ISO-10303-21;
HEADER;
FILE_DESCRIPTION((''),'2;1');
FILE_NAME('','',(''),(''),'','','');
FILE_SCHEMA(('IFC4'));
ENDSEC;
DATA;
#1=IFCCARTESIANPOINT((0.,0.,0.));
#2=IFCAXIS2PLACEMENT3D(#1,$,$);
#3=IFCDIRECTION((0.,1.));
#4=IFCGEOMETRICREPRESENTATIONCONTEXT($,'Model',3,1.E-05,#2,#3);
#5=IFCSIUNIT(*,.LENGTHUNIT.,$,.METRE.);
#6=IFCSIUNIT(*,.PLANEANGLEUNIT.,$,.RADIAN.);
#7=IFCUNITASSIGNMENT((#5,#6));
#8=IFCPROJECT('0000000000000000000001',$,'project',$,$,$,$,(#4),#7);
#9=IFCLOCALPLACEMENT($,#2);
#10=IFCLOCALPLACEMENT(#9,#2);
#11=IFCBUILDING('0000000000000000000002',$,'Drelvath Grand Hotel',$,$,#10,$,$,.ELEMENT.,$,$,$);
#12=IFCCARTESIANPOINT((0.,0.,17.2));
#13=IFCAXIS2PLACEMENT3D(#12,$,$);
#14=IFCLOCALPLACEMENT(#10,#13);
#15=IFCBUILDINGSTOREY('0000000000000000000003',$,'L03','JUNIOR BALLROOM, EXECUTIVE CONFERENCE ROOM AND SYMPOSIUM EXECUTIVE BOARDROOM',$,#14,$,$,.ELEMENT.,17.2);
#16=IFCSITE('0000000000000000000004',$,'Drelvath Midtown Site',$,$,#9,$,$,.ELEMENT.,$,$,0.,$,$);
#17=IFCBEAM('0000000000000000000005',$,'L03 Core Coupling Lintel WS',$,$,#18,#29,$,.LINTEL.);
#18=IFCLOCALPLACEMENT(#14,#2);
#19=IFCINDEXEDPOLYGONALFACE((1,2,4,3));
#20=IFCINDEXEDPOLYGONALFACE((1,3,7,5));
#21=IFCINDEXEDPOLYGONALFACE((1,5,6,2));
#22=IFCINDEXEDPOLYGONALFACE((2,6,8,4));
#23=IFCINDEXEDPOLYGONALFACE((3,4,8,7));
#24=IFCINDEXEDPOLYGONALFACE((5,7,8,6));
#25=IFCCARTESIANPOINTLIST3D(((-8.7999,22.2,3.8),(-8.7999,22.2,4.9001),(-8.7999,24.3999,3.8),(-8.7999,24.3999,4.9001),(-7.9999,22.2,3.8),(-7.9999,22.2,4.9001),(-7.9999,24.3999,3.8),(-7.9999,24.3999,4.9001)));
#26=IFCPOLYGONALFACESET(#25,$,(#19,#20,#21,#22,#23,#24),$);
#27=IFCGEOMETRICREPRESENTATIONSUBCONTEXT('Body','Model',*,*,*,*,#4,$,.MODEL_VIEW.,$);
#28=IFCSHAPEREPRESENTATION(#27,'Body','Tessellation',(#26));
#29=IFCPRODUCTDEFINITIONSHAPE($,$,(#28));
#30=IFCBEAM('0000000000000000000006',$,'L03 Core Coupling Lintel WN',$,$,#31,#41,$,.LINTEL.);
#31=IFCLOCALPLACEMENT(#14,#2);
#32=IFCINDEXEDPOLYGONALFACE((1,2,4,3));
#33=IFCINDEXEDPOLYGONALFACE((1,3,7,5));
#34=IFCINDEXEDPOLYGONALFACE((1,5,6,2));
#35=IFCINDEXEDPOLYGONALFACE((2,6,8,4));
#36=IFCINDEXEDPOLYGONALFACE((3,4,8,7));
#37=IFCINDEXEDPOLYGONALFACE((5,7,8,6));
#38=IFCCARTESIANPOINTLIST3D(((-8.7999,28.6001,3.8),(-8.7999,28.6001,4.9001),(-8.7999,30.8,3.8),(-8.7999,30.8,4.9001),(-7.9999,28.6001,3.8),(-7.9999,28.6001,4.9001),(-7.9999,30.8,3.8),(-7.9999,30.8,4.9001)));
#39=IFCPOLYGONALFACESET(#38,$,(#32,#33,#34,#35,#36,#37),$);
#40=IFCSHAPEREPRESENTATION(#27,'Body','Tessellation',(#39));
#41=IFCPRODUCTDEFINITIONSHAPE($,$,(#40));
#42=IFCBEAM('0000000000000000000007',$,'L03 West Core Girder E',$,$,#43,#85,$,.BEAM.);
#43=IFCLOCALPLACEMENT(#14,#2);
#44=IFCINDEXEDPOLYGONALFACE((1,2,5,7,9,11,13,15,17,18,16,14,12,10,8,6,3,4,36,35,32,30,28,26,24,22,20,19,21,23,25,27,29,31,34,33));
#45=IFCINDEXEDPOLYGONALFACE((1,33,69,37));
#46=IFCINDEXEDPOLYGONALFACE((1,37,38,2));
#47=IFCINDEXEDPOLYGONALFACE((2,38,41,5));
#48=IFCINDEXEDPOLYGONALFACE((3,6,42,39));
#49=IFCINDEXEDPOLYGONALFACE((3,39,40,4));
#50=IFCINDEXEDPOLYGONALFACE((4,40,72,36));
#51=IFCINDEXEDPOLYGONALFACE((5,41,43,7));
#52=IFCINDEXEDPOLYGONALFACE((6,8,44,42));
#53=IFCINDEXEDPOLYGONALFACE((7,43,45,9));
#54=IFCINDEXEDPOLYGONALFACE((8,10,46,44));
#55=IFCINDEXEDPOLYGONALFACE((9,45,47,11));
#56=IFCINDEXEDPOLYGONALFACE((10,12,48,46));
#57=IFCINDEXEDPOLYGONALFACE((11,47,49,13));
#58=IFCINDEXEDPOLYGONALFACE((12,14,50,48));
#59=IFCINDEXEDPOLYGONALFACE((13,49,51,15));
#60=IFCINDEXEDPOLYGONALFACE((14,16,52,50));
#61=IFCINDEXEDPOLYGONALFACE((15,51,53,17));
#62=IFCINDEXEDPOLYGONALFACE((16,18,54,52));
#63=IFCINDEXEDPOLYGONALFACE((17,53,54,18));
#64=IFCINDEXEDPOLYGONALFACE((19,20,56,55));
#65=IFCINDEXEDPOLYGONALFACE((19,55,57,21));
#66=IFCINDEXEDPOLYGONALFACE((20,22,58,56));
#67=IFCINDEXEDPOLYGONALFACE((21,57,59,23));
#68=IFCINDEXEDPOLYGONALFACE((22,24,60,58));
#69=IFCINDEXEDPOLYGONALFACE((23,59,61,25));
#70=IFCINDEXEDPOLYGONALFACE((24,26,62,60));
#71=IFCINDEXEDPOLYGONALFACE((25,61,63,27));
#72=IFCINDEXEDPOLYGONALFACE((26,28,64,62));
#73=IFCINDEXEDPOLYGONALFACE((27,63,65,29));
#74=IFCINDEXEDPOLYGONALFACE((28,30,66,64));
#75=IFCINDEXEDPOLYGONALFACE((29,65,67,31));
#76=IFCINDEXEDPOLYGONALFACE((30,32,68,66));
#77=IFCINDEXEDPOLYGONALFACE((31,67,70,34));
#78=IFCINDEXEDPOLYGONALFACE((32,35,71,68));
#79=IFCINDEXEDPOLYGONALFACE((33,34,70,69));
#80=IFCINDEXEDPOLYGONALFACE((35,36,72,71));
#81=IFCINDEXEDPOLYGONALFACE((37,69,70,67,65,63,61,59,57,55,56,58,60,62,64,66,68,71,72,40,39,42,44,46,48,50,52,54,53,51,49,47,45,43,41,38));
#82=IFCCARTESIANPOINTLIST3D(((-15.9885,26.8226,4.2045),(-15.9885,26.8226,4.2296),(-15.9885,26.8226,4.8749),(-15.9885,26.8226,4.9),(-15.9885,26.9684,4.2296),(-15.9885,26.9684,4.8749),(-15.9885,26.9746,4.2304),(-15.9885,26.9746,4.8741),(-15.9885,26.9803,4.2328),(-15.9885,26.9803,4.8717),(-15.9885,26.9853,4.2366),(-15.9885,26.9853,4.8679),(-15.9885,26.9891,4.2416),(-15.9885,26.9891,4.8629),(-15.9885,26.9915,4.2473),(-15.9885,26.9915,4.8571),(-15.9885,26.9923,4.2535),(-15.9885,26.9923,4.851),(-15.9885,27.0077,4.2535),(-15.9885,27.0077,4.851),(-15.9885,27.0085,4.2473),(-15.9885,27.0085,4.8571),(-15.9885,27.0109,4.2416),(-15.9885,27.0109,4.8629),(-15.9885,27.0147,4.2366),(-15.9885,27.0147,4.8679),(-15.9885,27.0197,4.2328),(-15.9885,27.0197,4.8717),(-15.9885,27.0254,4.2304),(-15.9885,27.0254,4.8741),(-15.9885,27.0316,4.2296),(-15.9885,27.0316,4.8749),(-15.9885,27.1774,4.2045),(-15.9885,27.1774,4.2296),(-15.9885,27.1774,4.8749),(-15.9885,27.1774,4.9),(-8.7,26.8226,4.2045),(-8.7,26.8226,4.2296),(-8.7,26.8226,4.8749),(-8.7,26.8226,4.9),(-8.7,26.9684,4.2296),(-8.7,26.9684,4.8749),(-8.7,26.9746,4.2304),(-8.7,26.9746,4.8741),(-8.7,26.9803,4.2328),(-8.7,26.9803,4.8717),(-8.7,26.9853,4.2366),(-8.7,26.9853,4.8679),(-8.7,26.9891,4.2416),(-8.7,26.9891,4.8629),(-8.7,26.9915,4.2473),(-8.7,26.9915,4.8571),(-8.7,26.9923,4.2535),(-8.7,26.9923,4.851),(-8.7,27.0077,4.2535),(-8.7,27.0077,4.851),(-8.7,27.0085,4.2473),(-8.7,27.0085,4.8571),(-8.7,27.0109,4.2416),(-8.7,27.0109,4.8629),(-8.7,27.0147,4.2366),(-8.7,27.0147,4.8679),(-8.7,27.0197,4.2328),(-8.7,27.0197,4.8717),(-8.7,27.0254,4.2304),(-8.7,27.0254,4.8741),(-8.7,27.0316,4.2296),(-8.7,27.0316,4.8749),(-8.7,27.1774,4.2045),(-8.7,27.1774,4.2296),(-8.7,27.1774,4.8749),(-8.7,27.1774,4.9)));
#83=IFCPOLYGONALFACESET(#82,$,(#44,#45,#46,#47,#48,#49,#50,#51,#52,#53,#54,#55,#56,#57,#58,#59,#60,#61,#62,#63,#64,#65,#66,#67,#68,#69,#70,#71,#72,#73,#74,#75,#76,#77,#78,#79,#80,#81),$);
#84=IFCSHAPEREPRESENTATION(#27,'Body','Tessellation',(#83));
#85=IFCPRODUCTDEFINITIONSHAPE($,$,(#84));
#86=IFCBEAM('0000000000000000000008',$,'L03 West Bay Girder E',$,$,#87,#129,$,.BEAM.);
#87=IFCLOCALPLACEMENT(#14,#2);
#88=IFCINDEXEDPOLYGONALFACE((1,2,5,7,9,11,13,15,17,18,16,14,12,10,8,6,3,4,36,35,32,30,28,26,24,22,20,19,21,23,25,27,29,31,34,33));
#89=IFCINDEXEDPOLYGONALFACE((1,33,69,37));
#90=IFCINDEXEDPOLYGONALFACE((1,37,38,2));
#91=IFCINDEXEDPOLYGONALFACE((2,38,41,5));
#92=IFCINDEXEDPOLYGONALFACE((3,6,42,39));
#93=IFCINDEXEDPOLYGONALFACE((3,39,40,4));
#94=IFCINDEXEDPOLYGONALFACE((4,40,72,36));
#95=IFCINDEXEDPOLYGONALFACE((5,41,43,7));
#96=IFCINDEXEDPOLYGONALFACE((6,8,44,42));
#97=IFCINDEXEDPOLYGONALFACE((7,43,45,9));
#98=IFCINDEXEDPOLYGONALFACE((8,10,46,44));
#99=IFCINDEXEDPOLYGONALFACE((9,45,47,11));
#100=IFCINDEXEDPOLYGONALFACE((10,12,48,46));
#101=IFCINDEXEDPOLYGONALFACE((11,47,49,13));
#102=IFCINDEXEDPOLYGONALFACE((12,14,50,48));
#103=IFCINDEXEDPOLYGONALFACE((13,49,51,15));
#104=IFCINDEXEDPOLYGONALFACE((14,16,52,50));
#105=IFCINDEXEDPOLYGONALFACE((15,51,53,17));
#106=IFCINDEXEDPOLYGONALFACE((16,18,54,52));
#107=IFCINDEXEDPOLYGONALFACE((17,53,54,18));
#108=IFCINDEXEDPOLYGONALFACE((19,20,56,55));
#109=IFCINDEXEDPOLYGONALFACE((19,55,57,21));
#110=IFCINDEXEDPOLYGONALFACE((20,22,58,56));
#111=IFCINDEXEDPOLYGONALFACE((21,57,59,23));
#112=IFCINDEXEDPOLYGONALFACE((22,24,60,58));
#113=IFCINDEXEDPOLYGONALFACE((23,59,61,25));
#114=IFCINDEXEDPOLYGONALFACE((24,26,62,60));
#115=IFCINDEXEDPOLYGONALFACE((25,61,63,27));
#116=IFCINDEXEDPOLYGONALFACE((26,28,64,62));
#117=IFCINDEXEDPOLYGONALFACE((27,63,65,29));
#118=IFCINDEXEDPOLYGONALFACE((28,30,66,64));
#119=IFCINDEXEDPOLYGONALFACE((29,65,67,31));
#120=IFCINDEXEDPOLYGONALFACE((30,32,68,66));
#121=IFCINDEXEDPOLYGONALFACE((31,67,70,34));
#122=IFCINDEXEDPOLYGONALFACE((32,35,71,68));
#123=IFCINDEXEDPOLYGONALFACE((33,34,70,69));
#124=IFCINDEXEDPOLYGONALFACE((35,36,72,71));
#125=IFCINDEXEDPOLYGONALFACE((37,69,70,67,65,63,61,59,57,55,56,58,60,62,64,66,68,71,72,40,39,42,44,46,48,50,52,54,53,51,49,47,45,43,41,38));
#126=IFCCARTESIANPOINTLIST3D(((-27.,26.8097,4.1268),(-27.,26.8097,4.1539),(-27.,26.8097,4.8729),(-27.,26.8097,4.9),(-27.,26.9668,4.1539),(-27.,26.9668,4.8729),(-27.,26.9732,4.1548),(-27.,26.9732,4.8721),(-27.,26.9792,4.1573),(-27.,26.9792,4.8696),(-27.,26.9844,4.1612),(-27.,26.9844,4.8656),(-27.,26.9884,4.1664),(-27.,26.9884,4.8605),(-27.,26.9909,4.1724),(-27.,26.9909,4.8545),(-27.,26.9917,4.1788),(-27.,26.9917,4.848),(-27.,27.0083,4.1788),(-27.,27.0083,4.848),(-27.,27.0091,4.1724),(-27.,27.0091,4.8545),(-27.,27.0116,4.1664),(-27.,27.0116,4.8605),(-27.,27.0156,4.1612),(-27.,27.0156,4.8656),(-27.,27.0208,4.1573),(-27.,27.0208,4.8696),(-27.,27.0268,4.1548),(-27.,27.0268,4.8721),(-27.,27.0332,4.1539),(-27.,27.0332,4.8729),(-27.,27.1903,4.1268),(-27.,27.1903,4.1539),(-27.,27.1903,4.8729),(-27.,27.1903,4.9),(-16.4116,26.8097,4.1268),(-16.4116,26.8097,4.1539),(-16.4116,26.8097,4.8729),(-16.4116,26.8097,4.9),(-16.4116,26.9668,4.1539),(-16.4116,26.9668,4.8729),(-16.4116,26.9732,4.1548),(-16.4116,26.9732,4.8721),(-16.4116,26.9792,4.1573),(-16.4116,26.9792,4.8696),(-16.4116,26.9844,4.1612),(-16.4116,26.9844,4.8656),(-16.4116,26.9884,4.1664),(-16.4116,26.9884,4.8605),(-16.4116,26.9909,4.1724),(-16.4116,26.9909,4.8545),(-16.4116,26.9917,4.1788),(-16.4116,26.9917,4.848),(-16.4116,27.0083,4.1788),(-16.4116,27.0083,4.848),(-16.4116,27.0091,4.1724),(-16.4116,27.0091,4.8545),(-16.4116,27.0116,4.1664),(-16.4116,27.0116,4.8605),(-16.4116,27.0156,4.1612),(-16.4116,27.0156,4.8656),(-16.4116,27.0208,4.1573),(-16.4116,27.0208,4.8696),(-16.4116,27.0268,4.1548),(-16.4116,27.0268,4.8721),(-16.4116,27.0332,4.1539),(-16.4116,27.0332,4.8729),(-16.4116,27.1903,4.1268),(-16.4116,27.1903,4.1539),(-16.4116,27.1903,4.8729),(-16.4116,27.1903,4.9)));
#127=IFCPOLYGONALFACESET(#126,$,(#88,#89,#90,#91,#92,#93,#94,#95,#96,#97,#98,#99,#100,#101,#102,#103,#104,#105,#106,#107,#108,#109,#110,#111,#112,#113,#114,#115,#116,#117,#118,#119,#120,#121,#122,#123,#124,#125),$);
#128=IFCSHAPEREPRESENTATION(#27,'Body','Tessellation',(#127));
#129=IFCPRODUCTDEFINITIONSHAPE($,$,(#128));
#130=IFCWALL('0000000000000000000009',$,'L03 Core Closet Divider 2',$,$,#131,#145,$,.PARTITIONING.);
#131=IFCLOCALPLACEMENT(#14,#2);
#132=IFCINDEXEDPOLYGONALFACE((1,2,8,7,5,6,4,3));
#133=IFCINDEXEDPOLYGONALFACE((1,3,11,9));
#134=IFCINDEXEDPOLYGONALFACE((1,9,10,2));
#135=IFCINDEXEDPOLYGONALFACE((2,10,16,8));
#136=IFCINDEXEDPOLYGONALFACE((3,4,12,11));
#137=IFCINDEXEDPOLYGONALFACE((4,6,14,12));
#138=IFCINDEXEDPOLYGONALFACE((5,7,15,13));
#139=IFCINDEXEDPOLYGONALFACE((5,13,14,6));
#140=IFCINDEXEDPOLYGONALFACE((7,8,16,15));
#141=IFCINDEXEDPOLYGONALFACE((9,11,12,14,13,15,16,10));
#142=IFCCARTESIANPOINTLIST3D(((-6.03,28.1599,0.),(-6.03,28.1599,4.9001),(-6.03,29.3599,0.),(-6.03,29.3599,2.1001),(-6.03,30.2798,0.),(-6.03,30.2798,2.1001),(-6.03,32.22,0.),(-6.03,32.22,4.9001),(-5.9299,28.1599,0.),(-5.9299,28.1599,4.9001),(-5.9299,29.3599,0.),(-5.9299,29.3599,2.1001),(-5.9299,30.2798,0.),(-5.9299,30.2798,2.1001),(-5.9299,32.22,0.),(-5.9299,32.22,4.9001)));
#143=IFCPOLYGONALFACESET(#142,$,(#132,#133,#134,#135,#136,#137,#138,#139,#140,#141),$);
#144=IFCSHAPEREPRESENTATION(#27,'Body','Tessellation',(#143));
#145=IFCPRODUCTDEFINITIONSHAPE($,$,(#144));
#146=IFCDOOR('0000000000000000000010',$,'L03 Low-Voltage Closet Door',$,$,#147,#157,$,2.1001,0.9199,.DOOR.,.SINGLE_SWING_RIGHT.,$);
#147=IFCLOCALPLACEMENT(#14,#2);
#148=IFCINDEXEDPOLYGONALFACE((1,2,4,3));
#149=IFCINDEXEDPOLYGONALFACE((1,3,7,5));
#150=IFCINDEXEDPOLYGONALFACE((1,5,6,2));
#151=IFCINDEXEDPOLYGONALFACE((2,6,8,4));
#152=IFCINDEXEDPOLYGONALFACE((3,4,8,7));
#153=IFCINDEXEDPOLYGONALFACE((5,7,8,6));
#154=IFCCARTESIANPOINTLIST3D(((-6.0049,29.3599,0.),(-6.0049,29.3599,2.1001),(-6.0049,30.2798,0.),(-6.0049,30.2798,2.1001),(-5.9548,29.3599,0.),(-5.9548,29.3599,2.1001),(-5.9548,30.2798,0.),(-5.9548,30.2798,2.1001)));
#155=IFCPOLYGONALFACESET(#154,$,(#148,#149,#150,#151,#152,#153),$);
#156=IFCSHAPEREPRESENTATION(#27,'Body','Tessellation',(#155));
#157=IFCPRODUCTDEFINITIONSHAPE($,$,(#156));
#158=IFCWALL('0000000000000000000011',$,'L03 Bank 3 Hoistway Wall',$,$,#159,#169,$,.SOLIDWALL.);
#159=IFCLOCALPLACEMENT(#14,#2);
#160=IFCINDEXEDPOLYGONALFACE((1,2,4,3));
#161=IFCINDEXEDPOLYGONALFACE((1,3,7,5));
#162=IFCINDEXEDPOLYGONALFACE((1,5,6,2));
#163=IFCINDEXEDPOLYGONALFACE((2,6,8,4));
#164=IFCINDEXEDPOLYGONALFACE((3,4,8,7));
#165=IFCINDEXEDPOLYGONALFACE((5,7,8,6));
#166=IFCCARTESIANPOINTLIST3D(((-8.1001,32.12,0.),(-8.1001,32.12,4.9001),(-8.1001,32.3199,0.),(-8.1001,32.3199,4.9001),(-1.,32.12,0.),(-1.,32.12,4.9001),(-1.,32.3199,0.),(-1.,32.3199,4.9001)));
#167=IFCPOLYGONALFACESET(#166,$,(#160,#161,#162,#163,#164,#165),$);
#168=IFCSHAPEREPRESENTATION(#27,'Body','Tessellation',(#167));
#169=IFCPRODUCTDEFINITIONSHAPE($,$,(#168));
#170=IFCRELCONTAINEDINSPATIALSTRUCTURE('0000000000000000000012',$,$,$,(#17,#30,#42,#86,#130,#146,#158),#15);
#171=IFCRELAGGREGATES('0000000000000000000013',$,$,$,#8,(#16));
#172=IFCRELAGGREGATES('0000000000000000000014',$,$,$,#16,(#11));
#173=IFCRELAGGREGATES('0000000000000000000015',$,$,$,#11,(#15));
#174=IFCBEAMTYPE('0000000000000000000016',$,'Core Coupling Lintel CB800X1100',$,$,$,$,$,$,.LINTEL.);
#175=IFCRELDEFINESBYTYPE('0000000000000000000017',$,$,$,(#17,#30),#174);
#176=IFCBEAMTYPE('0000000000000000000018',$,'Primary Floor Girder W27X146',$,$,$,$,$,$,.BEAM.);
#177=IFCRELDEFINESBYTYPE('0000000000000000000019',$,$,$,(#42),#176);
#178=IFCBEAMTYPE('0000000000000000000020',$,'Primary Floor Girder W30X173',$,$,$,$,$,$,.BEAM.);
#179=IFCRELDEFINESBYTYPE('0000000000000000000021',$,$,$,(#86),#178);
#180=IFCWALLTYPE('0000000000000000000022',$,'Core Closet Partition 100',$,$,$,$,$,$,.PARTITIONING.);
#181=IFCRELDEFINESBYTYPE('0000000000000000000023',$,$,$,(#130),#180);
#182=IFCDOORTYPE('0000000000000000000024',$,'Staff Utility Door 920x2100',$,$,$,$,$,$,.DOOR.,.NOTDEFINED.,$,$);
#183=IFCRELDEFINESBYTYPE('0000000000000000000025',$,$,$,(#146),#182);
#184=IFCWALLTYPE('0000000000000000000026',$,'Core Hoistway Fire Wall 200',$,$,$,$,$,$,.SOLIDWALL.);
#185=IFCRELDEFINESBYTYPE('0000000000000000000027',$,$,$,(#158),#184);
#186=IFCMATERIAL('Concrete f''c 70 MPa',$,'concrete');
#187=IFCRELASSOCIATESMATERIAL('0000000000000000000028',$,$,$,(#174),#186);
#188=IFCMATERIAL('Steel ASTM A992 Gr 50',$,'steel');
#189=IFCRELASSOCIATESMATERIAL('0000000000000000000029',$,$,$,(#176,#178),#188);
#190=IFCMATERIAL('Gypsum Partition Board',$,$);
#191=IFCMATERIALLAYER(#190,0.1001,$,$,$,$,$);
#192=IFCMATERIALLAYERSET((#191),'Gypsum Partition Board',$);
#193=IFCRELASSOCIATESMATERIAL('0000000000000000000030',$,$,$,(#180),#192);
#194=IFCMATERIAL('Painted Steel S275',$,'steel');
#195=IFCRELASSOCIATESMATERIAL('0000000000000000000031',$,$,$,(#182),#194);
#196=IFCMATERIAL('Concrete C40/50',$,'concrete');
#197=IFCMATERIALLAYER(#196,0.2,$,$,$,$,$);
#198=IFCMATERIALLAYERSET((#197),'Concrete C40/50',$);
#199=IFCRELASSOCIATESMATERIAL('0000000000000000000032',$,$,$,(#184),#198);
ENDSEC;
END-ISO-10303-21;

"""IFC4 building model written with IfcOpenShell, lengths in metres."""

from ifc_helpers import new_model, si_unit, direction, frame, frame_2d, origin, origin_2d, place, context, subcontext, project, spatial, rectangle, i_section, extrude, material, layer, layer_set, material_profile, profile_set, type_object, element, fill, save


model = new_model("IFC4")

# Units and contexts
model_context = context("Model", 3, precision=1e-05, world=origin(), true_north=direction((0.0, 1.0)))
body_context = subcontext(model_context, "Body", "Model", "MODEL_VIEW")
ifc_project = project(units=[si_unit("LENGTHUNIT", "METRE"), si_unit("PLANEANGLEUNIT", "RADIAN")], contexts=[model_context])

# Site, building, storey
site_placement = place(None, origin())
site = spatial("IfcSite", under=ifc_project, at=site_placement, Name="Drelvath Midtown Site", CompositionType="ELEMENT", RefElevation=0.0)
building_placement = place(site_placement, origin())
building = spatial("IfcBuilding", under=site, at=building_placement, Name="Drelvath Grand Hotel", CompositionType="ELEMENT")
storey_placement = place(building_placement, frame((0.0, 0.0, 17.2)))
storey = spatial("IfcBuildingStorey", under=building, at=storey_placement, Name="L03", Description="JUNIOR BALLROOM, EXECUTIVE CONFERENCE ROOM AND SYMPOSIUM EXECUTIVE BOARDROOM", CompositionType="ELEMENT", Elevation=17.2)

# Beams
ifc_material_1 = material(Name="Steel ASTM A992 Gr 50", Category="steel")
ifc_material_2 = material(Name="Concrete f'c 70 MPa", Category="concrete")
ifc_material_profile_1 = material_profile(ifc_material_2, rectangle(XDim=0.8, YDim=1.1001, at=origin_2d()), Name="CB800X1100")
ifc_profile_set_1 = profile_set([ifc_material_profile_1], Name="Concrete f'c 70 MPa")
beam_type_1 = type_object("IfcBeamType", Name="Core Coupling Lintel CB800X1100", PredefinedType="LINTEL", material=ifc_profile_set_1)
for number, where, z_axis, x_axis, name in (
    (1, (-8.3999, 22.2, 4.3501), (0.0, 1.0, 0.0), (-1.0, 0.0, 0.0), "L03 Core Coupling Lintel WS"),
    (2, (-8.3999, 28.6001, 4.3501), (0.0, 1.0, 0.0), (-1.0, 0.0, 0.0), "L03 Core Coupling Lintel WN"),
):
    element("IfcBeam", number, at=place(storey_placement, frame(where, z_axis=z_axis, x_axis=x_axis)), inside=storey, type_object=beam_type_1, Name=name, PredefinedType="LINTEL", context=body_context, shape_type="SweptSolid", body=[
        extrude(rectangle(XDim=0.8, YDim=1.1001, at=origin_2d()), origin(), (0.0, 0.0, 1.0), 2.2),
    ])
ifc_material_profile_2 = material_profile(ifc_material_1, i_section(OverallWidth=0.3547, OverallDepth=0.6956, WebThickness=0.0154, FlangeThickness=0.0251, FilletRadius=0.0239, at=origin_2d()), Name="W27X146")
ifc_profile_set_2 = profile_set([ifc_material_profile_2], Name="Steel ASTM A992 Gr 50")
beam_type_2 = type_object("IfcBeamType", Name="Primary Floor Girder W27X146", PredefinedType="BEAM", material=ifc_profile_set_2)
beam_1_placement = place(storey_placement, frame((-15.9885, 27.0, 4.5522), z_axis=(1.0, 0.0, 0.0), x_axis=(0.0, 1.0, 0.0)))
element("IfcBeam", 3, at=beam_1_placement, inside=storey, type_object=beam_type_2, Name="L03 West Core Girder E", PredefinedType="BEAM", context=body_context, shape_type="SweptSolid", body=[
    extrude(i_section(OverallWidth=0.3547, OverallDepth=0.6956, WebThickness=0.0154, FlangeThickness=0.0251, FilletRadius=0.0239, at=origin_2d()), origin(), (0.0, 0.0, 1.0), 7.2886),
])
ifc_material_profile_3 = material_profile(ifc_material_1, i_section(OverallWidth=0.3806, OverallDepth=0.7732, WebThickness=0.0166, FlangeThickness=0.0271, FilletRadius=0.0249, at=origin_2d()), Name="W30X173")
ifc_profile_set_3 = profile_set([ifc_material_profile_3], Name="Steel ASTM A992 Gr 50")
beam_type_3 = type_object("IfcBeamType", Name="Primary Floor Girder W30X173", PredefinedType="BEAM", material=ifc_profile_set_3)
beam_2_placement = place(storey_placement, frame((-27.0, 27.0, 4.5134), z_axis=(1.0, 0.0, 0.0), x_axis=(0.0, 1.0, 0.0)))
element("IfcBeam", 4, at=beam_2_placement, inside=storey, type_object=beam_type_3, Name="L03 West Bay Girder E", PredefinedType="BEAM", context=body_context, shape_type="SweptSolid", body=[
    extrude(i_section(OverallWidth=0.3806, OverallDepth=0.7732, WebThickness=0.0166, FlangeThickness=0.0271, FilletRadius=0.0249, at=origin_2d()), origin(), (0.0, 0.0, 1.0), 10.5884),
])

# Wall, opening, door
ifc_material_3 = material(Name="Gypsum Partition Board")
ifc_layer_1 = layer(ifc_material_3, 0.1001)
ifc_layer_set_1 = layer_set([ifc_layer_1], Name="Gypsum Partition Board")
wall_type_1 = type_object("IfcWallType", Name="Core Closet Partition 100", PredefinedType="PARTITIONING", material=ifc_layer_set_1)
wall_1_placement = place(storey_placement, frame((-5.98, 28.1599, 0.0), z_axis=(0.0, 0.0, 1.0), x_axis=(0.0, 1.0, 0.0)))
wall_1 = element("IfcWall", 5, at=wall_1_placement, inside=storey, type_object=wall_type_1, Name="L03 Core Closet Divider 2", PredefinedType="PARTITIONING", context=body_context, shape_type="SweptSolid", body=[
    extrude(rectangle(XDim=4.0601, YDim=0.1001, at=frame_2d((2.03, 0.0))), origin(), (0.0, 0.0, 1.0), 4.9001),
])
opening_1_placement = place(wall_1_placement, frame((1.2, 0.0, 0.0)))
opening_1 = element("IfcOpeningElement", 6, at=opening_1_placement, cuts=wall_1, PredefinedType="OPENING", context=body_context, shape_type="SweptSolid", body=[
    extrude(rectangle(XDim=0.9199, YDim=2.1001, at=frame_2d((0.46, 1.05))), frame((0.0, 0.0601, 0.0), z_axis=(0.0, -1.0, 0.0), x_axis=(1.0, 0.0, 0.0)), (0.0, 0.0, 1.0), 0.1201),
])
ifc_material_4 = material(Name="Painted Steel S275", Category="steel")
door_type_1 = type_object("IfcDoorType", Name="Staff Utility Door 920x2100", OperationType="NOTDEFINED", PredefinedType="DOOR", material=ifc_material_4)
door_1_placement = place(opening_1_placement, origin())
door_1 = element("IfcDoor", 7, at=door_1_placement, inside=storey, type_object=door_type_1, Name="L03 Low-Voltage Closet Door", OperationType="SINGLE_SWING_RIGHT", OverallHeight=2.1001, OverallWidth=0.9199, PredefinedType="DOOR", context=body_context, shape_type="SweptSolid", body=[
    extrude(rectangle(XDim=0.9199, YDim=2.1001, at=frame_2d((0.46, 1.05))), frame((0.0, 0.0249, 0.0), z_axis=(0.0, -1.0, 0.0), x_axis=(1.0, 0.0, 0.0)), (0.0, 0.0, 1.0), 0.05),
])
fill(opening_1, door_1)

# Wall
ifc_material_5 = material(Name="Concrete C40/50", Category="concrete")
ifc_layer_2 = layer(ifc_material_5, 0.2)
ifc_layer_set_2 = layer_set([ifc_layer_2], Name="Concrete C40/50")
wall_type_2 = type_object("IfcWallType", Name="Core Hoistway Fire Wall 200", PredefinedType="SOLIDWALL", material=ifc_layer_set_2)
wall_2_placement = place(storey_placement, frame((-8.1001, 32.22, 0.0), z_axis=(0.0, 0.0, 1.0), x_axis=(1.0, 0.0, 0.0)))
element("IfcWall", 8, at=wall_2_placement, inside=storey, type_object=wall_type_2, Name="L03 Bank 3 Hoistway Wall", PredefinedType="SOLIDWALL", context=body_context, shape_type="SweptSolid", body=[
    extrude(rectangle(XDim=7.1001, YDim=0.2, at=frame_2d((3.55, 0.0))), origin(), (0.0, 0.0, 1.0), 4.9001),
])

save(model, "model.ifc")
